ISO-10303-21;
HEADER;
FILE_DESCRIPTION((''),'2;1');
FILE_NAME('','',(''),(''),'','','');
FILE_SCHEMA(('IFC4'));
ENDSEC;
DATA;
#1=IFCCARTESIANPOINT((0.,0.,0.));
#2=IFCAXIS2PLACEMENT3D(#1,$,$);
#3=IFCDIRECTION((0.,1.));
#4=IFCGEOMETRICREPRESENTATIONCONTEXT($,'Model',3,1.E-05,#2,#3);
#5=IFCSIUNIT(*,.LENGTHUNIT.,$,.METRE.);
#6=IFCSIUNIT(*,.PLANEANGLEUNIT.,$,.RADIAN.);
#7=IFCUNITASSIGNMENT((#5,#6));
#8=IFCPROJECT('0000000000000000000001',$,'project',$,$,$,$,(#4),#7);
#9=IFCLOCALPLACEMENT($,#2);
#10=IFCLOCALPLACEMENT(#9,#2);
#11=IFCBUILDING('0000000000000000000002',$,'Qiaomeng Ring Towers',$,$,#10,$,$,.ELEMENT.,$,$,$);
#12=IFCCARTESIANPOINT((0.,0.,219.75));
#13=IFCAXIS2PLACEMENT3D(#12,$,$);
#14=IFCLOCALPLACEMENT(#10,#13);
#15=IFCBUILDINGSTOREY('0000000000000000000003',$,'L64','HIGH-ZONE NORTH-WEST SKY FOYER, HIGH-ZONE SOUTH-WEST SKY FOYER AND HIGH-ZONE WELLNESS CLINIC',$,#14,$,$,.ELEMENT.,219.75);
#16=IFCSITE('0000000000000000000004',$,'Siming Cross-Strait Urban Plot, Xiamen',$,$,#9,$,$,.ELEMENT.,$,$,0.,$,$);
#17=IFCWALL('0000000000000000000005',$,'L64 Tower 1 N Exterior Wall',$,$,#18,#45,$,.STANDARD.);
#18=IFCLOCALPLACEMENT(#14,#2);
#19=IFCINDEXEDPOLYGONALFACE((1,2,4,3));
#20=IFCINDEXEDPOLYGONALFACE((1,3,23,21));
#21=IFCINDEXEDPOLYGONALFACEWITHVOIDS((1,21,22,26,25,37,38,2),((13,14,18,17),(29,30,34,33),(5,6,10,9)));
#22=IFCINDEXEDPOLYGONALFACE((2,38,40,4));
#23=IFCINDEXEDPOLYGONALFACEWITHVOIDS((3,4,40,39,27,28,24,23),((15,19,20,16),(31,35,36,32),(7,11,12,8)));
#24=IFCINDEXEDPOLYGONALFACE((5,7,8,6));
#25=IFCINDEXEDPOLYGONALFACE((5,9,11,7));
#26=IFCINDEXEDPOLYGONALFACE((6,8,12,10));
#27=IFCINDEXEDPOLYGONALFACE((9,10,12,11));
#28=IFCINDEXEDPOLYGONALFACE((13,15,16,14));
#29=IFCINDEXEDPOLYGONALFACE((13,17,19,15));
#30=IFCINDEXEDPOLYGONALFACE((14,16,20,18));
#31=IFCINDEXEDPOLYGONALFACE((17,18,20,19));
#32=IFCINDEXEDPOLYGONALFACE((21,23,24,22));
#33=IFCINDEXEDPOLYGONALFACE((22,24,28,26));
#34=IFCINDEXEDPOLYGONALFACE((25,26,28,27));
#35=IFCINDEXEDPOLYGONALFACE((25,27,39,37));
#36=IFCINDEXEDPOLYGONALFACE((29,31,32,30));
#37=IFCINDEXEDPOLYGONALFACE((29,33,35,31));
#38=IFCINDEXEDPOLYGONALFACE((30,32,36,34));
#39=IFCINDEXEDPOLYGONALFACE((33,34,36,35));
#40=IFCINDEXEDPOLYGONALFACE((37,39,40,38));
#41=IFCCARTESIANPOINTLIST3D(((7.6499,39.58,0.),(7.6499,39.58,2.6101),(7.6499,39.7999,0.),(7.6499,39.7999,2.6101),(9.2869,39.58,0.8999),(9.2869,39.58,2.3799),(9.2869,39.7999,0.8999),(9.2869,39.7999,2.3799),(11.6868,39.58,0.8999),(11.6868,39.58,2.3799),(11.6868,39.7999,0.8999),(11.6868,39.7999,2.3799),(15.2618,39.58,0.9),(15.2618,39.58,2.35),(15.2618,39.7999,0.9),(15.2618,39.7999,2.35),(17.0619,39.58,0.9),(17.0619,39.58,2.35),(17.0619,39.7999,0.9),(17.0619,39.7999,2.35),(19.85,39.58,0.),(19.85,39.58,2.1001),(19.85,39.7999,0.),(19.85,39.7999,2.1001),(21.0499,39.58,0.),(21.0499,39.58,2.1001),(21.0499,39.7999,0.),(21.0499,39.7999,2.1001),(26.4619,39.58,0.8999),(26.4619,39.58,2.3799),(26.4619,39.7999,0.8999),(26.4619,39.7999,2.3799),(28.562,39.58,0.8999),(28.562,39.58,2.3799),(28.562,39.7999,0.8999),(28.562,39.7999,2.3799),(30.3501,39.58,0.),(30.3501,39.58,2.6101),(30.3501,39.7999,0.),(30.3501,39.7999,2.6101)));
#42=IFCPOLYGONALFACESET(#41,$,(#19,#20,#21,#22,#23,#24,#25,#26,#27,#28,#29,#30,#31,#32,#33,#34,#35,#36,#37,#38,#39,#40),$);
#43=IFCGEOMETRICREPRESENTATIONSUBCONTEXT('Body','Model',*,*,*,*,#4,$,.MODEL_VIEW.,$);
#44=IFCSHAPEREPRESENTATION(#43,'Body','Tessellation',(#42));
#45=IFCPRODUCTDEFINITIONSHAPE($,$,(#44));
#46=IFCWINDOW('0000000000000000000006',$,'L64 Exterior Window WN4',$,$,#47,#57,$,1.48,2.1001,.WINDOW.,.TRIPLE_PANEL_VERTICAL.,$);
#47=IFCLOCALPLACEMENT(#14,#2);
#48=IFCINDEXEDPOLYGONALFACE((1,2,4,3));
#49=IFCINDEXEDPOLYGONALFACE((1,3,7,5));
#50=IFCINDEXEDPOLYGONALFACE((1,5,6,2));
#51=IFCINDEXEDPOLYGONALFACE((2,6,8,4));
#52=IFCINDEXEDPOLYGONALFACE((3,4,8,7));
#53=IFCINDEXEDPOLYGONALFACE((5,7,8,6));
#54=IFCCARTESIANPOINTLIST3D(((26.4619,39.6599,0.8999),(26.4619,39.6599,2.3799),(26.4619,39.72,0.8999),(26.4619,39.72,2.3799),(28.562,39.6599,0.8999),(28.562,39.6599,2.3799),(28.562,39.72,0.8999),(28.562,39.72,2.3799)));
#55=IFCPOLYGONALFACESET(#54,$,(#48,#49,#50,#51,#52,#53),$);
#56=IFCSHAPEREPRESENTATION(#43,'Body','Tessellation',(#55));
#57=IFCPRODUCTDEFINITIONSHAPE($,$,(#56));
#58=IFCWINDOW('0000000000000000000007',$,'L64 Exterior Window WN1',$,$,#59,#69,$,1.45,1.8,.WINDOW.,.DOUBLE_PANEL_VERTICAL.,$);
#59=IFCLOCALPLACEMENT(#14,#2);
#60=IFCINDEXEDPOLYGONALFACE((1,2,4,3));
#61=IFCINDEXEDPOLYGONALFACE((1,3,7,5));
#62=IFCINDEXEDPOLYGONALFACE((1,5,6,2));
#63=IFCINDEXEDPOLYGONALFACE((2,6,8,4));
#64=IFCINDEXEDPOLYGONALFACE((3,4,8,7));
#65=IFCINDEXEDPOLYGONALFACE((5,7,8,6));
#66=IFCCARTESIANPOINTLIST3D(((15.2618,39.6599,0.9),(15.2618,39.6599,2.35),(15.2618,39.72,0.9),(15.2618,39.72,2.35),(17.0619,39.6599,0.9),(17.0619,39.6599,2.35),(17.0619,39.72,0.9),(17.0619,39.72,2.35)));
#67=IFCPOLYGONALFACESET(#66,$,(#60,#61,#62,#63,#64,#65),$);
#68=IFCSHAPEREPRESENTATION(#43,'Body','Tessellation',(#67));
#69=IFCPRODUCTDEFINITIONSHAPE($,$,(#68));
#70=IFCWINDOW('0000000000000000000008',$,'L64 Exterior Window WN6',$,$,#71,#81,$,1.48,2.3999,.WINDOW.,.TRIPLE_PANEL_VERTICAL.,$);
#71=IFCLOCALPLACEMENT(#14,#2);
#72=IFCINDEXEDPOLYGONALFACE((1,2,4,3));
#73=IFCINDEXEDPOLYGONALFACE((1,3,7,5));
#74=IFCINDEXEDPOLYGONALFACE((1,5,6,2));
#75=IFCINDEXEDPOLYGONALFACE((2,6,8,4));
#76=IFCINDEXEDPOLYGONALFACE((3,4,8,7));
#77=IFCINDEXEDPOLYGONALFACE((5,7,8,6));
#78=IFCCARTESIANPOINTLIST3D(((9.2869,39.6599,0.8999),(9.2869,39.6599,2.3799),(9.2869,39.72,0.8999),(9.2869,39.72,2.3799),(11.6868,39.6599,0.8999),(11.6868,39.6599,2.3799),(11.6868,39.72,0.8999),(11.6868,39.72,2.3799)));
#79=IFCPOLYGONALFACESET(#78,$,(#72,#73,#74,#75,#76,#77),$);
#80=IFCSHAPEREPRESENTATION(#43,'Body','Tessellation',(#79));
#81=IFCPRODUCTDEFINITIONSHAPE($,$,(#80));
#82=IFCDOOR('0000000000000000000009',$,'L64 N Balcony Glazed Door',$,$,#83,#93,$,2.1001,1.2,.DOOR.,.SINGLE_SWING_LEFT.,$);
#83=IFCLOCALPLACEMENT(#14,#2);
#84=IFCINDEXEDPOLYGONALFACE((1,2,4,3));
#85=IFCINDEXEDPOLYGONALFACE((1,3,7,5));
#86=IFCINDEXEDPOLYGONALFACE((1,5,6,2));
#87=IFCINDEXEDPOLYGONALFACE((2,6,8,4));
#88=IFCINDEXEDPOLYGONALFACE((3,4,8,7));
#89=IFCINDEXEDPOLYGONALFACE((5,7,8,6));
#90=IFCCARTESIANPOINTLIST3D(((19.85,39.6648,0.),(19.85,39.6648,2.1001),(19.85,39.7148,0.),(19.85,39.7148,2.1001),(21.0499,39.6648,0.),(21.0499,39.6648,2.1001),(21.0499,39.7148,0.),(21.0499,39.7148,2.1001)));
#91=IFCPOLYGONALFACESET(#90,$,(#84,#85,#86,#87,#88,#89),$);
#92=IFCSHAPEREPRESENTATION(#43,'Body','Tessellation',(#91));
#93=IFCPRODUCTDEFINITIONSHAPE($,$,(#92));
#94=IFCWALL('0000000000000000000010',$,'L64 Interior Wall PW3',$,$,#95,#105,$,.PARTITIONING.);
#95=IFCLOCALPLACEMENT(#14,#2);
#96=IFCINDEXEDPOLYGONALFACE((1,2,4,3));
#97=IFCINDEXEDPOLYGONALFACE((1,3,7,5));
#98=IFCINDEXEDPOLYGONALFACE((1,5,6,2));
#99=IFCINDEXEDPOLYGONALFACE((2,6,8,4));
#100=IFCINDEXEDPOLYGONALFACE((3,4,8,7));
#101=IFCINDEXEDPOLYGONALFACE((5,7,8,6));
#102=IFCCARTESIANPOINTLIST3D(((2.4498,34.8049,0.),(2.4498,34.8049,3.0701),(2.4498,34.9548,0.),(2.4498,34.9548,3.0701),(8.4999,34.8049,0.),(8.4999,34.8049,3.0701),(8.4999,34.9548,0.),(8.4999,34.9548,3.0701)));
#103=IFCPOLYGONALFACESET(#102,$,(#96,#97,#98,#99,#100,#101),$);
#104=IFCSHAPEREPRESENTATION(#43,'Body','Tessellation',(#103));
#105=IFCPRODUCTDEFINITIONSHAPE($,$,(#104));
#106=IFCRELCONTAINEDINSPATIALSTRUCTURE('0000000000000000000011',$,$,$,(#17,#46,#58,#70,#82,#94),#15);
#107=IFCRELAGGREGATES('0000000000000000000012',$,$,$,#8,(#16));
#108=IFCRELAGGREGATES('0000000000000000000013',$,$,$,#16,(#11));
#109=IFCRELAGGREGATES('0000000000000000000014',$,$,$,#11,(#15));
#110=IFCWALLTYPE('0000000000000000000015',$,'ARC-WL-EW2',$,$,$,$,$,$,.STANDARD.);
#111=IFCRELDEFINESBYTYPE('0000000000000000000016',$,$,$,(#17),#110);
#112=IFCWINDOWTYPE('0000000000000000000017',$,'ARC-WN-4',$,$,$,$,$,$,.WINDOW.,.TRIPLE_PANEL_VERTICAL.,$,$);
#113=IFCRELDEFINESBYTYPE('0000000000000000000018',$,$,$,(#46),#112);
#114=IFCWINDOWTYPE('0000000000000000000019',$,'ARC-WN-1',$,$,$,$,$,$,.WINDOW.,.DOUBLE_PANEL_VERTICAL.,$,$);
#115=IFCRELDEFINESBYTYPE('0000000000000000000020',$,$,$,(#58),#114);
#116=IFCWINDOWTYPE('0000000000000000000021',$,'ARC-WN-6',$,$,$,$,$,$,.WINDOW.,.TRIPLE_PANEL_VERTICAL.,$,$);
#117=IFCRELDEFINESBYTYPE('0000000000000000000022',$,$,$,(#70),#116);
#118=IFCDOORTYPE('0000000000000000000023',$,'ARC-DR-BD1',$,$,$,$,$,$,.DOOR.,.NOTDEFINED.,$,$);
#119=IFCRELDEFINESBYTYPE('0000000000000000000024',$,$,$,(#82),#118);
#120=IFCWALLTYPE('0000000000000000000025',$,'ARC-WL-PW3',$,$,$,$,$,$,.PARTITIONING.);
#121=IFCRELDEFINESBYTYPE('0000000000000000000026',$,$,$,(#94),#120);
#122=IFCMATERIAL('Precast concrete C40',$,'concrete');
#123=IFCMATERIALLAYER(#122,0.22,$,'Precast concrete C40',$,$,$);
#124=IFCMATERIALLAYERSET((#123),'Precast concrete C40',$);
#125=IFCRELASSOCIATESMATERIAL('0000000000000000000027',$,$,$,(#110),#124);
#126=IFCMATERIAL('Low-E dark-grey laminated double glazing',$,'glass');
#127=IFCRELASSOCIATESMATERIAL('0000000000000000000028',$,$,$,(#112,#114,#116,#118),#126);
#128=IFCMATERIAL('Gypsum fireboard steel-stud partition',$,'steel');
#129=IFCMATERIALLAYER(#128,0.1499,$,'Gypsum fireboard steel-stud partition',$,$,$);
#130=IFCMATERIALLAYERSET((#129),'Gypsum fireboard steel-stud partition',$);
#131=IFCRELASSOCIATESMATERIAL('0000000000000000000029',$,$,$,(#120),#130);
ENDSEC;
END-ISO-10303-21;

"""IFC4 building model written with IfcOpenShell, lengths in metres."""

from ifc_helpers import new_model, si_unit, direction, frame, frame_2d, origin, place, context, subcontext, project, spatial, rectangle, extrude, source, transform, mapped, material, layer, layer_set, type_object, element, fill, save


model = new_model("IFC4")

# Units and contexts
model_context = context("Model", 3, precision=1e-05, world=origin(), true_north=direction((0.0, 1.0)))
body_context = subcontext(model_context, "Body", "Model", "MODEL_VIEW")
ifc_project = project(units=[si_unit("LENGTHUNIT", "METRE"), si_unit("PLANEANGLEUNIT", "RADIAN")], contexts=[model_context])

# Site, building, storey
site_placement = place(None, origin())
site = spatial("IfcSite", under=ifc_project, at=site_placement, Name="Siming Cross-Strait Urban Plot, Xiamen", CompositionType="ELEMENT", RefElevation=0.0)
building_placement = place(site_placement, origin())
building = spatial("IfcBuilding", under=site, at=building_placement, Name="Qiaomeng Ring Towers", CompositionType="ELEMENT")
storey_placement = place(building_placement, frame((0.0, 0.0, 219.75)))
storey = spatial("IfcBuildingStorey", under=building, at=storey_placement, Name="L64", Description="HIGH-ZONE NORTH-WEST SKY FOYER, HIGH-ZONE SOUTH-WEST SKY FOYER AND HIGH-ZONE WELLNESS CLINIC", CompositionType="ELEMENT", Elevation=219.75)

# Shared definitions
ifc_material_1 = material(Name="Low-E dark-grey laminated double glazing", Category="glass")

# Wall, openings, windows, door
ifc_material_2 = material(Name="Precast concrete C40", Category="concrete")
ifc_layer_1 = layer(ifc_material_2, 0.22, Name="Precast concrete C40")
ifc_layer_set_1 = layer_set([ifc_layer_1], Name="Precast concrete C40")
wall_type_1 = type_object("IfcWallType", Name="ARC-WL-EW2", PredefinedType="STANDARD", material=ifc_layer_set_1)
wall_1_placement = place(storey_placement, frame((7.6499, 39.6899, 0.0), z_axis=(0.0, 0.0, 1.0), x_axis=(1.0, 0.0, 0.0)))
wall_1 = element("IfcWall", 1, at=wall_1_placement, inside=storey, type_object=wall_type_1, Name="L64 Tower 1 N Exterior Wall", PredefinedType="STANDARD", context=body_context, shape_type="SweptSolid", body=[
    extrude(rectangle(XDim=22.7002, YDim=0.22, at=frame_2d((11.3501, 0.0))), origin(), (0.0, 0.0, 1.0), 2.6101),
])
opening_1_placement = place(wall_1_placement, frame((12.2, 0.0, 0.0)))
opening_1 = element("IfcOpeningElement", 2, at=opening_1_placement, cuts=wall_1, PredefinedType="OPENING", context=body_context, shape_type="SweptSolid", body=[
    extrude(rectangle(XDim=1.2, YDim=2.1001, at=frame_2d((0.6001, 1.05))), frame((0.0, 0.1199, 0.0), z_axis=(0.0, -1.0, 0.0), x_axis=(1.0, 0.0, 0.0)), (0.0, 0.0, 1.0), 0.24),
])
opening_2_placement = place(wall_1_placement, frame((1.637, 0.0, 0.8999)))
opening_2 = element("IfcOpeningElement", 3, at=opening_2_placement, cuts=wall_1, PredefinedType="OPENING", context=body_context, shape_type="SweptSolid", body=[
    extrude(rectangle(XDim=2.3999, YDim=1.48, at=frame_2d((1.2, 0.74))), frame((0.0, 0.1199, 0.0), z_axis=(0.0, -1.0, 0.0), x_axis=(1.0, 0.0, 0.0)), (0.0, 0.0, 1.0), 0.24),
])
opening_3_placement = place(wall_1_placement, frame((7.6121, 0.0, 0.8999)))
opening_3 = element("IfcOpeningElement", 4, at=opening_3_placement, cuts=wall_1, PredefinedType="OPENING", context=body_context, shape_type="SweptSolid", body=[
    extrude(rectangle(XDim=1.8, YDim=1.45, at=frame_2d((0.8999, 0.7251))), frame((0.0, 0.1199, 0.0), z_axis=(0.0, -1.0, 0.0), x_axis=(1.0, 0.0, 0.0)), (0.0, 0.0, 1.0), 0.24),
])
opening_4_placement = place(wall_1_placement, frame((18.812, 0.0, 0.8999)))
opening_4 = element("IfcOpeningElement", 5, at=opening_4_placement, cuts=wall_1, PredefinedType="OPENING", context=body_context, shape_type="SweptSolid", body=[
    extrude(rectangle(XDim=2.1001, YDim=1.48, at=frame_2d((1.05, 0.74))), frame((0.0, 0.1199, 0.0), z_axis=(0.0, -1.0, 0.0), x_axis=(1.0, 0.0, 0.0)), (0.0, 0.0, 1.0), 0.24),
])
window_type_1 = type_object("IfcWindowType", Name="ARC-WN-4", PartitioningType="TRIPLE_PANEL_VERTICAL", PredefinedType="WINDOW", material=ifc_material_1)
shared_shape_1 = source(origin(), body_context, "Body", "SweptSolid", [
    extrude(rectangle(XDim=2.1001, YDim=1.48, at=frame_2d((1.05, 0.74))), frame((0.0, 0.03, 0.0), z_axis=(0.0, -1.0, 0.0), x_axis=(1.0, 0.0, 0.0)), (0.0, 0.0, 1.0), 0.0601),
])
window_1_placement = place(opening_4_placement, origin())
window_1 = element("IfcWindow", 6, at=window_1_placement, inside=storey, type_object=window_type_1, Name="L64 Exterior Window WN4", OverallHeight=1.48, OverallWidth=2.1001, PartitioningType="TRIPLE_PANEL_VERTICAL", PredefinedType="WINDOW", context=body_context, shape_type="MappedRepresentation", body=[
    mapped(shared_shape_1, transform((0.0, 0.0, 0.0), x_axis=(1.0, 0.0, 0.0), y_axis=(0.0, 1.0, 0.0), z_axis=(0.0, 0.0, 1.0), scale=1.0)),
])
fill(opening_4, window_1)
window_type_2 = type_object("IfcWindowType", Name="ARC-WN-1", PartitioningType="DOUBLE_PANEL_VERTICAL", PredefinedType="WINDOW", material=ifc_material_1)
shared_shape_2 = source(origin(), body_context, "Body", "SweptSolid", [
    extrude(rectangle(XDim=1.8, YDim=1.45, at=frame_2d((0.8999, 0.7251))), frame((0.0, 0.03, 0.0), z_axis=(0.0, -1.0, 0.0), x_axis=(1.0, 0.0, 0.0)), (0.0, 0.0, 1.0), 0.0601),
])
window_2_placement = place(opening_3_placement, origin())
window_2 = element("IfcWindow", 7, at=window_2_placement, inside=storey, type_object=window_type_2, Name="L64 Exterior Window WN1", OverallHeight=1.45, OverallWidth=1.8, PartitioningType="DOUBLE_PANEL_VERTICAL", PredefinedType="WINDOW", context=body_context, shape_type="MappedRepresentation", body=[
    mapped(shared_shape_2, transform((0.0, 0.0, 0.0), x_axis=(1.0, 0.0, 0.0), y_axis=(0.0, 1.0, 0.0), z_axis=(0.0, 0.0, 1.0), scale=1.0)),
])
fill(opening_3, window_2)
window_type_3 = type_object("IfcWindowType", Name="ARC-WN-6", PartitioningType="TRIPLE_PANEL_VERTICAL", PredefinedType="WINDOW", material=ifc_material_1)
shared_shape_3 = source(origin(), body_context, "Body", "SweptSolid", [
    extrude(rectangle(XDim=2.3999, YDim=1.48, at=frame_2d((1.2, 0.74))), frame((0.0, 0.03, 0.0), z_axis=(0.0, -1.0, 0.0), x_axis=(1.0, 0.0, 0.0)), (0.0, 0.0, 1.0), 0.0601),
])
window_3_placement = place(opening_2_placement, origin())
window_3 = element("IfcWindow", 8, at=window_3_placement, inside=storey, type_object=window_type_3, Name="L64 Exterior Window WN6", OverallHeight=1.48, OverallWidth=2.3999, PartitioningType="TRIPLE_PANEL_VERTICAL", PredefinedType="WINDOW", context=body_context, shape_type="MappedRepresentation", body=[
    mapped(shared_shape_3, transform((0.0, 0.0, 0.0), x_axis=(1.0, 0.0, 0.0), y_axis=(0.0, 1.0, 0.0), z_axis=(0.0, 0.0, 1.0), scale=1.0)),
])
fill(opening_2, window_3)
door_type_1 = type_object("IfcDoorType", Name="ARC-DR-BD1", OperationType="NOTDEFINED", PredefinedType="DOOR", material=ifc_material_1)
shared_shape_4 = source(origin(), body_context, "Body", "SweptSolid", [
    extrude(rectangle(XDim=1.2, YDim=2.1001, at=frame_2d((0.6001, 1.05))), frame((0.0, 0.0249, 0.0), z_axis=(0.0, -1.0, 0.0), x_axis=(1.0, 0.0, 0.0)), (0.0, 0.0, 1.0), 0.05),
])
door_1_placement = place(opening_1_placement, origin())
door_1 = element("IfcDoor", 9, at=door_1_placement, inside=storey, type_object=door_type_1, Name="L64 N Balcony Glazed Door", OperationType="SINGLE_SWING_LEFT", OverallHeight=2.1001, OverallWidth=1.2, PredefinedType="DOOR", context=body_context, shape_type="MappedRepresentation", body=[
    mapped(shared_shape_4, transform((0.0, 0.0, 0.0), x_axis=(1.0, 0.0, 0.0), y_axis=(0.0, 1.0, 0.0), z_axis=(0.0, 0.0, 1.0), scale=1.0)),
])
fill(opening_1, door_1)

# Wall
ifc_material_3 = material(Name="Gypsum fireboard steel-stud partition", Category="steel")
ifc_layer_2 = layer(ifc_material_3, 0.1499, Name="Gypsum fireboard steel-stud partition")
ifc_layer_set_2 = layer_set([ifc_layer_2], Name="Gypsum fireboard steel-stud partition")
wall_type_2 = type_object("IfcWallType", Name="ARC-WL-PW3", PredefinedType="PARTITIONING", material=ifc_layer_set_2)
wall_2_placement = place(storey_placement, frame((2.45, 34.8799, 0.0), z_axis=(0.0, 0.0, 1.0), x_axis=(1.0, 0.0, 0.0)))
element("IfcWall", 10, at=wall_2_placement, inside=storey, type_object=wall_type_2, Name="L64 Interior Wall PW3", PredefinedType="PARTITIONING", context=body_context, shape_type="SweptSolid", body=[
    extrude(rectangle(XDim=6.05, YDim=0.1499, at=frame_2d((3.0249, 0.0))), origin(), (0.0, 0.0, 1.0), 3.0701),
])

save(model, "model.ifc")
